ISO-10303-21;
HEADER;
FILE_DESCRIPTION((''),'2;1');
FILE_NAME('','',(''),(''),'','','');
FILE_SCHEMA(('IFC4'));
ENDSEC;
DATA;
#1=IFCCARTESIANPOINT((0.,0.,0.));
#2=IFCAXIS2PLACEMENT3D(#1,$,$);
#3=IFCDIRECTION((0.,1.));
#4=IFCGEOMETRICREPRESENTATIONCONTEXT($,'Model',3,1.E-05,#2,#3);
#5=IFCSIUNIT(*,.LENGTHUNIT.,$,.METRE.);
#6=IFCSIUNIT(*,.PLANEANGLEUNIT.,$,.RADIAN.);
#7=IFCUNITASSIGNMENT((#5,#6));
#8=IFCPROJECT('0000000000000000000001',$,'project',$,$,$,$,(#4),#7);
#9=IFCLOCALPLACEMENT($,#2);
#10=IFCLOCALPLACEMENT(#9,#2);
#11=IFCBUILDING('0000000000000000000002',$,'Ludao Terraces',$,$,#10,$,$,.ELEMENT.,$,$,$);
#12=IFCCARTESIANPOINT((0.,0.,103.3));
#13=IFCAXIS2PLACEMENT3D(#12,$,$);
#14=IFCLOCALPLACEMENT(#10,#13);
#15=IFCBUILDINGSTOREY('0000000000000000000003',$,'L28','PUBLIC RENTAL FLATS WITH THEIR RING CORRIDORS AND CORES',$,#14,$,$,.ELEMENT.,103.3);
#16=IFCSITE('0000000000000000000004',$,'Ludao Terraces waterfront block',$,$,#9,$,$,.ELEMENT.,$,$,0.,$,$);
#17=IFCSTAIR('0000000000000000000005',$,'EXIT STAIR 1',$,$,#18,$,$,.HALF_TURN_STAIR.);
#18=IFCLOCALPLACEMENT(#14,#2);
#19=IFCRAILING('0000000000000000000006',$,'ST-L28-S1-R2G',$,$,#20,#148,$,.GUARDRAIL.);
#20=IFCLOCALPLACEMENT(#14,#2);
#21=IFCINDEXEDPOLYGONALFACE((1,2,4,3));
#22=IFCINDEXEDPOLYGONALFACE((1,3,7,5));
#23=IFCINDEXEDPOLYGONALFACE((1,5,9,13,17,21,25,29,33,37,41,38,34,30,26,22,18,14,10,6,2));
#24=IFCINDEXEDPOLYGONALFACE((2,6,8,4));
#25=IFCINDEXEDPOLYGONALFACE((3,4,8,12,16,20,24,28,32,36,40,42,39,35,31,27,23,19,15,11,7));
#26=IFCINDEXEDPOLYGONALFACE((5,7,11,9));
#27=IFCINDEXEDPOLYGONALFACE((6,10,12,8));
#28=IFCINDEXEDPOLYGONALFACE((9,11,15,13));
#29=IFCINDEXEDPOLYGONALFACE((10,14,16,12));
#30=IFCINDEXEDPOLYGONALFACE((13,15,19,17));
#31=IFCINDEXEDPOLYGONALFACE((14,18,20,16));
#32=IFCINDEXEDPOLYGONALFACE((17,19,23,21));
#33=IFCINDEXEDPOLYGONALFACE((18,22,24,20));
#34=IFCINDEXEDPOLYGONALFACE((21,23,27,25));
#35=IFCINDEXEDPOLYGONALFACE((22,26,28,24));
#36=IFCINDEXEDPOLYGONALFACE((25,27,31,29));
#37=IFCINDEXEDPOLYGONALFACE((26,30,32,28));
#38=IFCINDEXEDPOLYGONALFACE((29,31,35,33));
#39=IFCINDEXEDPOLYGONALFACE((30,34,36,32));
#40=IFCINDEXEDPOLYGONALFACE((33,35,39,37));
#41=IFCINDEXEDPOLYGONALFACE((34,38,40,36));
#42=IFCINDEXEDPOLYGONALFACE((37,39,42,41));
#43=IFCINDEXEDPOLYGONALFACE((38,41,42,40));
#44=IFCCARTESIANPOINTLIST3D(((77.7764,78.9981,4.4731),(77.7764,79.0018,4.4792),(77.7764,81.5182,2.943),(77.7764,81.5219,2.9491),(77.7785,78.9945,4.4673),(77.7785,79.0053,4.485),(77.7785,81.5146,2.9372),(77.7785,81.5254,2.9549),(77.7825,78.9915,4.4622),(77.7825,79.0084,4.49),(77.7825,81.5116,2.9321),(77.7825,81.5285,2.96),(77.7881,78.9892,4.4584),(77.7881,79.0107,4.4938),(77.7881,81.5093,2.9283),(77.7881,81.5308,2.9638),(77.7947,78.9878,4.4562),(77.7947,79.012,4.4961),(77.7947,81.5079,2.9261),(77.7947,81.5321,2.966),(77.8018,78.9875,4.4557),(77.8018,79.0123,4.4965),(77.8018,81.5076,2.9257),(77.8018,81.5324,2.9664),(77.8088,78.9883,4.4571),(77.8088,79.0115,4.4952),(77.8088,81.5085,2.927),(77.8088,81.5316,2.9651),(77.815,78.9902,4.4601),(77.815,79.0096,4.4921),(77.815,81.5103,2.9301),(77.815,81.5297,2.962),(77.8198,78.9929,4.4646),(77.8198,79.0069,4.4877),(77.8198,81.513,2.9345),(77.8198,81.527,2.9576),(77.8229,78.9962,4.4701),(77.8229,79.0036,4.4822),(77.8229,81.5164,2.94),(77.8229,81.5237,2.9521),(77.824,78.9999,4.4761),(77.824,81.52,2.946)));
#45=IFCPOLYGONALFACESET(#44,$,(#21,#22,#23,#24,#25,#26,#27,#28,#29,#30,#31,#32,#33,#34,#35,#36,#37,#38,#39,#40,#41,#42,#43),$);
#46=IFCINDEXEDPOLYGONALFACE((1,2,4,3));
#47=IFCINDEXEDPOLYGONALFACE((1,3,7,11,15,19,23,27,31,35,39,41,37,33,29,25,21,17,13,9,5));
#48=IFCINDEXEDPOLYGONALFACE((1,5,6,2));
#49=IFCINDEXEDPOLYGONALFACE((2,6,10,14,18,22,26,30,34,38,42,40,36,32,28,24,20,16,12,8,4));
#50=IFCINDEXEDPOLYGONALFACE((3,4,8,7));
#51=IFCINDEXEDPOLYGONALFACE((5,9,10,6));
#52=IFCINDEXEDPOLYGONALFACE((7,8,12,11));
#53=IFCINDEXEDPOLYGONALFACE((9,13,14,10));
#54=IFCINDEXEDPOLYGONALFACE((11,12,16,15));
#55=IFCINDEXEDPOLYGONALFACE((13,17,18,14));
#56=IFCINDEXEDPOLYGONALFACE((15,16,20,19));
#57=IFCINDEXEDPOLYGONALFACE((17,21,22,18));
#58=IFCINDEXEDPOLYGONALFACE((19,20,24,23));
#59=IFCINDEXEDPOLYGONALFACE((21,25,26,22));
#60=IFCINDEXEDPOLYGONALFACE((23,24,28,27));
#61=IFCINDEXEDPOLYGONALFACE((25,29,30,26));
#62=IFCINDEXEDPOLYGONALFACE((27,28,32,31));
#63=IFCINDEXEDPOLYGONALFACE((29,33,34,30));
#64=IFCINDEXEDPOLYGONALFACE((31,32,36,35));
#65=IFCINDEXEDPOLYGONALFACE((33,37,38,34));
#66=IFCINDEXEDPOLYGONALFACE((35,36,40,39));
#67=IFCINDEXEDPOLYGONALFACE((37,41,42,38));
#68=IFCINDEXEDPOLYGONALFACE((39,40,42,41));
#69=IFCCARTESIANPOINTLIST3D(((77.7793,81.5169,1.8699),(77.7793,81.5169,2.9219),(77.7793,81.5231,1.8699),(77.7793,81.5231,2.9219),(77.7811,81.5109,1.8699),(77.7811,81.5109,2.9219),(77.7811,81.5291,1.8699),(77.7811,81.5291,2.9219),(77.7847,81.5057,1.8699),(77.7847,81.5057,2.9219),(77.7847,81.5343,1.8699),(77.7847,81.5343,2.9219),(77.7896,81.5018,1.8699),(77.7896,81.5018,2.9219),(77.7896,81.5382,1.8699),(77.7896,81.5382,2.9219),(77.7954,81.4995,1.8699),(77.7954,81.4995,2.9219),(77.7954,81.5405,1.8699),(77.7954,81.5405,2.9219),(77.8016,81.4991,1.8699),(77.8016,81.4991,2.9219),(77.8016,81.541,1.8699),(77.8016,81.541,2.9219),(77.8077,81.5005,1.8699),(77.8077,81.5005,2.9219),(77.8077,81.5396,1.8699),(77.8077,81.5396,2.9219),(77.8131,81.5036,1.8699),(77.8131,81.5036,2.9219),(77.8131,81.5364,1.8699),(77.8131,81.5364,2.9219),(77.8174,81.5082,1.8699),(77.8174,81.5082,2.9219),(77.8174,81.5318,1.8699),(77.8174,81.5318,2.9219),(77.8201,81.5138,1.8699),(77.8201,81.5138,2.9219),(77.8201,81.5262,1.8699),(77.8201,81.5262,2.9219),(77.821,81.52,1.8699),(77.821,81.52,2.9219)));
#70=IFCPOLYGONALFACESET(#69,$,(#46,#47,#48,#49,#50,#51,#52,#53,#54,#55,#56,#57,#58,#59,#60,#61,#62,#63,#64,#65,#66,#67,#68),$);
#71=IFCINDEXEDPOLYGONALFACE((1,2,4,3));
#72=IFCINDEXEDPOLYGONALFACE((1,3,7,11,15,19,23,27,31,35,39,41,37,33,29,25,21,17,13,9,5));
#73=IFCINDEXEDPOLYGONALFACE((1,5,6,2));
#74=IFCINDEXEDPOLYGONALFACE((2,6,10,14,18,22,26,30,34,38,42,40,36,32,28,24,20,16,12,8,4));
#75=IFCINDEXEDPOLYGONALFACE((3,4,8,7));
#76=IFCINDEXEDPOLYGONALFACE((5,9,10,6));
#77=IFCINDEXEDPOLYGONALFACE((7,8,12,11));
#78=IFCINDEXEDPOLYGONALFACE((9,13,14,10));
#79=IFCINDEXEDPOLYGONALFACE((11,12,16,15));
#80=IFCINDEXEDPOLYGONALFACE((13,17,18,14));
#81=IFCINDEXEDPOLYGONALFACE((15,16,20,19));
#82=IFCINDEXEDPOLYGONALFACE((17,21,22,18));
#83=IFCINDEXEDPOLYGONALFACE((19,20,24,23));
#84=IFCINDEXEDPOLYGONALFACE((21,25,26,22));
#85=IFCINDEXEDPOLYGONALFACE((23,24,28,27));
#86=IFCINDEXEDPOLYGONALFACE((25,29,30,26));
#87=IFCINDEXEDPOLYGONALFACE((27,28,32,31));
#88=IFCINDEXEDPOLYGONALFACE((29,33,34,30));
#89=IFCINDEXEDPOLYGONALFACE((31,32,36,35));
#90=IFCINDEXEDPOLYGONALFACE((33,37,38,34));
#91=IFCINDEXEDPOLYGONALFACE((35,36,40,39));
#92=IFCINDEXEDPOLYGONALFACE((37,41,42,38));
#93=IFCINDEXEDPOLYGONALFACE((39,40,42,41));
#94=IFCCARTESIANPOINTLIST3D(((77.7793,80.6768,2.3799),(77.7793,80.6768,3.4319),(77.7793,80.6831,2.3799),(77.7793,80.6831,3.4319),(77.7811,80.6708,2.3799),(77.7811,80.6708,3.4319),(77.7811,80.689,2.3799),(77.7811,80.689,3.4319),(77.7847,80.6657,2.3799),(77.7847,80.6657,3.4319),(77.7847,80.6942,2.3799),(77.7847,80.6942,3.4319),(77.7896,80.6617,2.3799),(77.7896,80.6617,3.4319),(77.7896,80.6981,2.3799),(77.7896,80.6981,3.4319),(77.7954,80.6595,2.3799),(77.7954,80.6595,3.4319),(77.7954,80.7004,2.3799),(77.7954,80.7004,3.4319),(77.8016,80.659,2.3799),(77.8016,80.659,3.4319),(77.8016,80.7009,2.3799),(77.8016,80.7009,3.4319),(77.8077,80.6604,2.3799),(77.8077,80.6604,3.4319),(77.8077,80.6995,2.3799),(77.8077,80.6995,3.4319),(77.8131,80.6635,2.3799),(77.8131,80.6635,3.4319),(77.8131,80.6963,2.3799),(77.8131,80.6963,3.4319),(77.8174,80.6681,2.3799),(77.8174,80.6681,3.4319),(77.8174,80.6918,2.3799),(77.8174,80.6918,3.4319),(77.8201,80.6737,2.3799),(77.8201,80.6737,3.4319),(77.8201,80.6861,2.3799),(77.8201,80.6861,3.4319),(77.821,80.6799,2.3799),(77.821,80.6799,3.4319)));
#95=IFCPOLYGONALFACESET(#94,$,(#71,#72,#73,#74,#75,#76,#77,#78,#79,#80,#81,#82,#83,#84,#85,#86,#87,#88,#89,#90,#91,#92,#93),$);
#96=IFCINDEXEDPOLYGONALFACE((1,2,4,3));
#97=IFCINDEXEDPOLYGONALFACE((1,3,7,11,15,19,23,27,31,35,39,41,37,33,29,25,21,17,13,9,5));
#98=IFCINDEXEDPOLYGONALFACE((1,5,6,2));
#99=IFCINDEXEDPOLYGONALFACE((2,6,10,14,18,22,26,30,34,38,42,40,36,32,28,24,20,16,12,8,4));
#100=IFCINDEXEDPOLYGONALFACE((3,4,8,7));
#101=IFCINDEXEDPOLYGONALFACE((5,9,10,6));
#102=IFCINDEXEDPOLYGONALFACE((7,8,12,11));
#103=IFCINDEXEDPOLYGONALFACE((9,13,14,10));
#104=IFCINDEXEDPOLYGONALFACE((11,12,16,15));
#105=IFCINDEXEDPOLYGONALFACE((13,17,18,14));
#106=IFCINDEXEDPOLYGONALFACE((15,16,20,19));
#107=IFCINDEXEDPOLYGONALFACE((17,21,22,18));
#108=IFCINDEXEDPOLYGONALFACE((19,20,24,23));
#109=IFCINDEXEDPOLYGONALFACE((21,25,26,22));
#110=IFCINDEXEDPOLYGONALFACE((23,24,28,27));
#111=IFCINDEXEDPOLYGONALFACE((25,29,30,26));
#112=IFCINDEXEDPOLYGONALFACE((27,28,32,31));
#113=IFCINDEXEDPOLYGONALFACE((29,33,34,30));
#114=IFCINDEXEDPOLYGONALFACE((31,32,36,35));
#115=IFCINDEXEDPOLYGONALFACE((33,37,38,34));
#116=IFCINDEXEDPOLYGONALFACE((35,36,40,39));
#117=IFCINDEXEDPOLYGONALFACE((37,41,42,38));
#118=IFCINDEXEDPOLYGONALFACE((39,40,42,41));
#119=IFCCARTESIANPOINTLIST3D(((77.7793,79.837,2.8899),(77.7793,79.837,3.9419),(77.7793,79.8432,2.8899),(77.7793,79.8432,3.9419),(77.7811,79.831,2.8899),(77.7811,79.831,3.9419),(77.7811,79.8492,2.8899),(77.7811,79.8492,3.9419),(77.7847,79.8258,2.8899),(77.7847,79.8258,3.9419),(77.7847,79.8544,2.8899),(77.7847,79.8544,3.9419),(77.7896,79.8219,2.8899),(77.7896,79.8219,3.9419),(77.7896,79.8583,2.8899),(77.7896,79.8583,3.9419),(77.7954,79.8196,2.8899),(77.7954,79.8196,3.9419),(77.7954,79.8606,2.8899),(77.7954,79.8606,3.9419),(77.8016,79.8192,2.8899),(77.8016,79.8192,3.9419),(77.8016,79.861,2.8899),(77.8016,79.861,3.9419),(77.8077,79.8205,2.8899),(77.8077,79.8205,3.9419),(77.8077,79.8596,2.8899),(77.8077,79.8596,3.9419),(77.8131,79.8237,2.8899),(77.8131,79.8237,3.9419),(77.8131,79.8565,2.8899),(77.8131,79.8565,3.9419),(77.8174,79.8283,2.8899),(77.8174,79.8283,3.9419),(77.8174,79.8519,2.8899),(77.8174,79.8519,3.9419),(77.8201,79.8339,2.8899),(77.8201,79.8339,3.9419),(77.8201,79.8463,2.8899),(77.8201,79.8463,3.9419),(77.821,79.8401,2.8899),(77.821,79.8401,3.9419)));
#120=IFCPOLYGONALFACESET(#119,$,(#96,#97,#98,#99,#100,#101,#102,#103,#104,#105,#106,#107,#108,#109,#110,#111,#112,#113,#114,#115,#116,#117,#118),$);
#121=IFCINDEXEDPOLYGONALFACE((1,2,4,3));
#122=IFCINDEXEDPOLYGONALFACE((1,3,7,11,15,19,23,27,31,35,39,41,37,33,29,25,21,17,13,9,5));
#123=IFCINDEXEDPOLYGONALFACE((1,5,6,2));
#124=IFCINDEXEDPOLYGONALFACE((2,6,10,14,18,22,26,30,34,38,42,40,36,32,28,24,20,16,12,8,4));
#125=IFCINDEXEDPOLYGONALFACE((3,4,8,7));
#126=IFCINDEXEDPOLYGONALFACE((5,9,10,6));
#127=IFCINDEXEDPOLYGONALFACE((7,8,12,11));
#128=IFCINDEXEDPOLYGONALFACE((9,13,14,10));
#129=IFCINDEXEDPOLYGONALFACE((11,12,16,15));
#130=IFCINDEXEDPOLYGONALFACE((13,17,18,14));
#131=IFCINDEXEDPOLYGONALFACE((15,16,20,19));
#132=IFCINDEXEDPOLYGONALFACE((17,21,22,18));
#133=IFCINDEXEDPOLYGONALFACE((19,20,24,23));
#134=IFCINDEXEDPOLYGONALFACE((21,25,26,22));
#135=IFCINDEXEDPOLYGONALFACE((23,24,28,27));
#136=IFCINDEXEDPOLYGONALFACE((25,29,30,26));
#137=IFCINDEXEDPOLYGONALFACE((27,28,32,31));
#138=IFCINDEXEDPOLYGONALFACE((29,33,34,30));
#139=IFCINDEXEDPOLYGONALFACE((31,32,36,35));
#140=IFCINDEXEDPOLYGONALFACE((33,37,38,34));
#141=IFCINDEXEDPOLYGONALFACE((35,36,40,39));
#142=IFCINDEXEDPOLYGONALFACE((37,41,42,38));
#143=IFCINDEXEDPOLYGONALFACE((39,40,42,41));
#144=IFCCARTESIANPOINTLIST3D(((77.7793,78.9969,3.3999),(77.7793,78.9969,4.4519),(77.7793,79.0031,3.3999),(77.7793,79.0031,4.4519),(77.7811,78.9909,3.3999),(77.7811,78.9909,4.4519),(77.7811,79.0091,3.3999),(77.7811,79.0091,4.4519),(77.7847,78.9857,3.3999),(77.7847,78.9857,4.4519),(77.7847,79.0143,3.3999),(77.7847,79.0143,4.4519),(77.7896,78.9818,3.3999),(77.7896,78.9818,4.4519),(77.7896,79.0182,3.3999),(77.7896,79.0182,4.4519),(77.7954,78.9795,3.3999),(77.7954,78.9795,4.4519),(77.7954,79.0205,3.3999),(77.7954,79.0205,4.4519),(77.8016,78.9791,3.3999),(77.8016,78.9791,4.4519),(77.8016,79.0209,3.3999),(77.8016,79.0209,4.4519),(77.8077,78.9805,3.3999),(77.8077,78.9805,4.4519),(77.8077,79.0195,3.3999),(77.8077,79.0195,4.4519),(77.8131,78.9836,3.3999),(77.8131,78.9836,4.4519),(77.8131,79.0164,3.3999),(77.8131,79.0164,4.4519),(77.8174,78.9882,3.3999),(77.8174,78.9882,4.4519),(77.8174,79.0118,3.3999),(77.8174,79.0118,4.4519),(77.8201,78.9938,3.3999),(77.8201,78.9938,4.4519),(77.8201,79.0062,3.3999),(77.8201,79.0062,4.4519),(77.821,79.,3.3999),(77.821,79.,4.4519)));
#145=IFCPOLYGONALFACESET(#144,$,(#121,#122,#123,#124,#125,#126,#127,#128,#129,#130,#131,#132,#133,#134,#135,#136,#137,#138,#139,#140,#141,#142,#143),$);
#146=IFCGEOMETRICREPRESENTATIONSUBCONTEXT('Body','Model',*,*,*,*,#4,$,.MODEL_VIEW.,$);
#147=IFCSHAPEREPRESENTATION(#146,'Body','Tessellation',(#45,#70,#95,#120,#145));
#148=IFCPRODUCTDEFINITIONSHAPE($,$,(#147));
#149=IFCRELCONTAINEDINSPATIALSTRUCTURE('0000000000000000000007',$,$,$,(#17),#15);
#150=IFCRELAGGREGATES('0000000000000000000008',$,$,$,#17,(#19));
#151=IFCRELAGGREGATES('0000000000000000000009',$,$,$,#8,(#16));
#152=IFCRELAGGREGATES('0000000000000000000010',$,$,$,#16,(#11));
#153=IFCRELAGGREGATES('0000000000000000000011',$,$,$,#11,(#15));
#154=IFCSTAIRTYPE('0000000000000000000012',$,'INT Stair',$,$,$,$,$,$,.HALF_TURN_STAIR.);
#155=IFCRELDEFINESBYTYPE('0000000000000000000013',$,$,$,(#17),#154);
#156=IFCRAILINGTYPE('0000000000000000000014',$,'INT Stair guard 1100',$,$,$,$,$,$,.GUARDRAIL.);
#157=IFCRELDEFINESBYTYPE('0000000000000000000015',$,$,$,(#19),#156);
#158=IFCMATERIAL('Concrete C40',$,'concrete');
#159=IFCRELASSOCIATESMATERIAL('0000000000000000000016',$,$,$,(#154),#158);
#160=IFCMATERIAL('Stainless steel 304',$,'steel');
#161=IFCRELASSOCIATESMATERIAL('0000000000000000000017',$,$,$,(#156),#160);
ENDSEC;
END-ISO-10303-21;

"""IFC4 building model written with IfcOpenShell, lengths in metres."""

from ifc_helpers import new_model, si_unit, direction, frame, origin, origin_2d, place, context, subcontext, project, spatial, circle, extrude, material, type_object, element, aggregate, save


model = new_model("IFC4")

# Units and contexts
model_context = context("Model", 3, precision=1e-05, world=origin(), true_north=direction((0.0, 1.0)))
body_context = subcontext(model_context, "Body", "Model", "MODEL_VIEW")
ifc_project = project(units=[si_unit("LENGTHUNIT", "METRE"), si_unit("PLANEANGLEUNIT", "RADIAN")], contexts=[model_context])

# Site, building, storey
site_placement = place(None, origin())
site = spatial("IfcSite", under=ifc_project, at=site_placement, Name="Ludao Terraces waterfront block", CompositionType="ELEMENT", RefElevation=0.0)
building_placement = place(site_placement, origin())
building = spatial("IfcBuilding", under=site, at=building_placement, Name="Ludao Terraces", CompositionType="ELEMENT")
storey_placement = place(building_placement, frame((0.0, 0.0, 103.3)))
storey = spatial("IfcBuildingStorey", under=building, at=storey_placement, Name="L28", Description="PUBLIC RENTAL FLATS WITH THEIR RING CORRIDORS AND CORES", CompositionType="ELEMENT", Elevation=103.3)

# Stair, railing
ifc_material_1 = material(Name="Concrete C40", Category="concrete")
stair_type = type_object("IfcStairType", Name="INT Stair", PredefinedType="HALF_TURN_STAIR", material=ifc_material_1)
stair_placement = place(storey_placement, origin())
stair = element("IfcStair", 1, at=stair_placement, inside=storey, type_object=stair_type, Name="EXIT STAIR 1", PredefinedType="HALF_TURN_STAIR")
ifc_material_2 = material(Name="Stainless steel 304", Category="steel")
railing_type_1 = type_object("IfcRailingType", Name="INT Stair guard 1100", PredefinedType="GUARDRAIL", material=ifc_material_2)
railing_1_placement = place(storey_placement, frame((77.8, 81.52, 1.8699)))
railing_1 = element("IfcRailing", 2, at=railing_1_placement, type_object=railing_type_1, Name="ST-L28-S1-R2G", PredefinedType="GUARDRAIL", context=body_context, shape_type="SweptSolid", body=[
    extrude(circle(Radius=0.0239, at=origin_2d()), frame((0.0, 0.0, 1.0762), z_axis=(0.0, -0.854785, 0.518982), x_axis=(1.0, 0.0, 0.0)), (0.0, 0.0, 1.0), 2.9482),
    extrude(circle(Radius=0.021, at=origin_2d()), origin(), (0.0, 0.0, 1.0), 1.052),
    extrude(circle(Radius=0.021, at=origin_2d()), frame((0.0, -0.8401, 0.51)), (0.0, 0.0, 1.0), 1.052),
    extrude(circle(Radius=0.021, at=origin_2d()), frame((0.0, -1.6799, 1.02)), (0.0, 0.0, 1.0), 1.052),
    extrude(circle(Radius=0.021, at=origin_2d()), frame((0.0, -2.52, 1.53)), (0.0, 0.0, 1.0), 1.052),
])
aggregate(stair, [railing_1])

save(model, "model.ifc")
